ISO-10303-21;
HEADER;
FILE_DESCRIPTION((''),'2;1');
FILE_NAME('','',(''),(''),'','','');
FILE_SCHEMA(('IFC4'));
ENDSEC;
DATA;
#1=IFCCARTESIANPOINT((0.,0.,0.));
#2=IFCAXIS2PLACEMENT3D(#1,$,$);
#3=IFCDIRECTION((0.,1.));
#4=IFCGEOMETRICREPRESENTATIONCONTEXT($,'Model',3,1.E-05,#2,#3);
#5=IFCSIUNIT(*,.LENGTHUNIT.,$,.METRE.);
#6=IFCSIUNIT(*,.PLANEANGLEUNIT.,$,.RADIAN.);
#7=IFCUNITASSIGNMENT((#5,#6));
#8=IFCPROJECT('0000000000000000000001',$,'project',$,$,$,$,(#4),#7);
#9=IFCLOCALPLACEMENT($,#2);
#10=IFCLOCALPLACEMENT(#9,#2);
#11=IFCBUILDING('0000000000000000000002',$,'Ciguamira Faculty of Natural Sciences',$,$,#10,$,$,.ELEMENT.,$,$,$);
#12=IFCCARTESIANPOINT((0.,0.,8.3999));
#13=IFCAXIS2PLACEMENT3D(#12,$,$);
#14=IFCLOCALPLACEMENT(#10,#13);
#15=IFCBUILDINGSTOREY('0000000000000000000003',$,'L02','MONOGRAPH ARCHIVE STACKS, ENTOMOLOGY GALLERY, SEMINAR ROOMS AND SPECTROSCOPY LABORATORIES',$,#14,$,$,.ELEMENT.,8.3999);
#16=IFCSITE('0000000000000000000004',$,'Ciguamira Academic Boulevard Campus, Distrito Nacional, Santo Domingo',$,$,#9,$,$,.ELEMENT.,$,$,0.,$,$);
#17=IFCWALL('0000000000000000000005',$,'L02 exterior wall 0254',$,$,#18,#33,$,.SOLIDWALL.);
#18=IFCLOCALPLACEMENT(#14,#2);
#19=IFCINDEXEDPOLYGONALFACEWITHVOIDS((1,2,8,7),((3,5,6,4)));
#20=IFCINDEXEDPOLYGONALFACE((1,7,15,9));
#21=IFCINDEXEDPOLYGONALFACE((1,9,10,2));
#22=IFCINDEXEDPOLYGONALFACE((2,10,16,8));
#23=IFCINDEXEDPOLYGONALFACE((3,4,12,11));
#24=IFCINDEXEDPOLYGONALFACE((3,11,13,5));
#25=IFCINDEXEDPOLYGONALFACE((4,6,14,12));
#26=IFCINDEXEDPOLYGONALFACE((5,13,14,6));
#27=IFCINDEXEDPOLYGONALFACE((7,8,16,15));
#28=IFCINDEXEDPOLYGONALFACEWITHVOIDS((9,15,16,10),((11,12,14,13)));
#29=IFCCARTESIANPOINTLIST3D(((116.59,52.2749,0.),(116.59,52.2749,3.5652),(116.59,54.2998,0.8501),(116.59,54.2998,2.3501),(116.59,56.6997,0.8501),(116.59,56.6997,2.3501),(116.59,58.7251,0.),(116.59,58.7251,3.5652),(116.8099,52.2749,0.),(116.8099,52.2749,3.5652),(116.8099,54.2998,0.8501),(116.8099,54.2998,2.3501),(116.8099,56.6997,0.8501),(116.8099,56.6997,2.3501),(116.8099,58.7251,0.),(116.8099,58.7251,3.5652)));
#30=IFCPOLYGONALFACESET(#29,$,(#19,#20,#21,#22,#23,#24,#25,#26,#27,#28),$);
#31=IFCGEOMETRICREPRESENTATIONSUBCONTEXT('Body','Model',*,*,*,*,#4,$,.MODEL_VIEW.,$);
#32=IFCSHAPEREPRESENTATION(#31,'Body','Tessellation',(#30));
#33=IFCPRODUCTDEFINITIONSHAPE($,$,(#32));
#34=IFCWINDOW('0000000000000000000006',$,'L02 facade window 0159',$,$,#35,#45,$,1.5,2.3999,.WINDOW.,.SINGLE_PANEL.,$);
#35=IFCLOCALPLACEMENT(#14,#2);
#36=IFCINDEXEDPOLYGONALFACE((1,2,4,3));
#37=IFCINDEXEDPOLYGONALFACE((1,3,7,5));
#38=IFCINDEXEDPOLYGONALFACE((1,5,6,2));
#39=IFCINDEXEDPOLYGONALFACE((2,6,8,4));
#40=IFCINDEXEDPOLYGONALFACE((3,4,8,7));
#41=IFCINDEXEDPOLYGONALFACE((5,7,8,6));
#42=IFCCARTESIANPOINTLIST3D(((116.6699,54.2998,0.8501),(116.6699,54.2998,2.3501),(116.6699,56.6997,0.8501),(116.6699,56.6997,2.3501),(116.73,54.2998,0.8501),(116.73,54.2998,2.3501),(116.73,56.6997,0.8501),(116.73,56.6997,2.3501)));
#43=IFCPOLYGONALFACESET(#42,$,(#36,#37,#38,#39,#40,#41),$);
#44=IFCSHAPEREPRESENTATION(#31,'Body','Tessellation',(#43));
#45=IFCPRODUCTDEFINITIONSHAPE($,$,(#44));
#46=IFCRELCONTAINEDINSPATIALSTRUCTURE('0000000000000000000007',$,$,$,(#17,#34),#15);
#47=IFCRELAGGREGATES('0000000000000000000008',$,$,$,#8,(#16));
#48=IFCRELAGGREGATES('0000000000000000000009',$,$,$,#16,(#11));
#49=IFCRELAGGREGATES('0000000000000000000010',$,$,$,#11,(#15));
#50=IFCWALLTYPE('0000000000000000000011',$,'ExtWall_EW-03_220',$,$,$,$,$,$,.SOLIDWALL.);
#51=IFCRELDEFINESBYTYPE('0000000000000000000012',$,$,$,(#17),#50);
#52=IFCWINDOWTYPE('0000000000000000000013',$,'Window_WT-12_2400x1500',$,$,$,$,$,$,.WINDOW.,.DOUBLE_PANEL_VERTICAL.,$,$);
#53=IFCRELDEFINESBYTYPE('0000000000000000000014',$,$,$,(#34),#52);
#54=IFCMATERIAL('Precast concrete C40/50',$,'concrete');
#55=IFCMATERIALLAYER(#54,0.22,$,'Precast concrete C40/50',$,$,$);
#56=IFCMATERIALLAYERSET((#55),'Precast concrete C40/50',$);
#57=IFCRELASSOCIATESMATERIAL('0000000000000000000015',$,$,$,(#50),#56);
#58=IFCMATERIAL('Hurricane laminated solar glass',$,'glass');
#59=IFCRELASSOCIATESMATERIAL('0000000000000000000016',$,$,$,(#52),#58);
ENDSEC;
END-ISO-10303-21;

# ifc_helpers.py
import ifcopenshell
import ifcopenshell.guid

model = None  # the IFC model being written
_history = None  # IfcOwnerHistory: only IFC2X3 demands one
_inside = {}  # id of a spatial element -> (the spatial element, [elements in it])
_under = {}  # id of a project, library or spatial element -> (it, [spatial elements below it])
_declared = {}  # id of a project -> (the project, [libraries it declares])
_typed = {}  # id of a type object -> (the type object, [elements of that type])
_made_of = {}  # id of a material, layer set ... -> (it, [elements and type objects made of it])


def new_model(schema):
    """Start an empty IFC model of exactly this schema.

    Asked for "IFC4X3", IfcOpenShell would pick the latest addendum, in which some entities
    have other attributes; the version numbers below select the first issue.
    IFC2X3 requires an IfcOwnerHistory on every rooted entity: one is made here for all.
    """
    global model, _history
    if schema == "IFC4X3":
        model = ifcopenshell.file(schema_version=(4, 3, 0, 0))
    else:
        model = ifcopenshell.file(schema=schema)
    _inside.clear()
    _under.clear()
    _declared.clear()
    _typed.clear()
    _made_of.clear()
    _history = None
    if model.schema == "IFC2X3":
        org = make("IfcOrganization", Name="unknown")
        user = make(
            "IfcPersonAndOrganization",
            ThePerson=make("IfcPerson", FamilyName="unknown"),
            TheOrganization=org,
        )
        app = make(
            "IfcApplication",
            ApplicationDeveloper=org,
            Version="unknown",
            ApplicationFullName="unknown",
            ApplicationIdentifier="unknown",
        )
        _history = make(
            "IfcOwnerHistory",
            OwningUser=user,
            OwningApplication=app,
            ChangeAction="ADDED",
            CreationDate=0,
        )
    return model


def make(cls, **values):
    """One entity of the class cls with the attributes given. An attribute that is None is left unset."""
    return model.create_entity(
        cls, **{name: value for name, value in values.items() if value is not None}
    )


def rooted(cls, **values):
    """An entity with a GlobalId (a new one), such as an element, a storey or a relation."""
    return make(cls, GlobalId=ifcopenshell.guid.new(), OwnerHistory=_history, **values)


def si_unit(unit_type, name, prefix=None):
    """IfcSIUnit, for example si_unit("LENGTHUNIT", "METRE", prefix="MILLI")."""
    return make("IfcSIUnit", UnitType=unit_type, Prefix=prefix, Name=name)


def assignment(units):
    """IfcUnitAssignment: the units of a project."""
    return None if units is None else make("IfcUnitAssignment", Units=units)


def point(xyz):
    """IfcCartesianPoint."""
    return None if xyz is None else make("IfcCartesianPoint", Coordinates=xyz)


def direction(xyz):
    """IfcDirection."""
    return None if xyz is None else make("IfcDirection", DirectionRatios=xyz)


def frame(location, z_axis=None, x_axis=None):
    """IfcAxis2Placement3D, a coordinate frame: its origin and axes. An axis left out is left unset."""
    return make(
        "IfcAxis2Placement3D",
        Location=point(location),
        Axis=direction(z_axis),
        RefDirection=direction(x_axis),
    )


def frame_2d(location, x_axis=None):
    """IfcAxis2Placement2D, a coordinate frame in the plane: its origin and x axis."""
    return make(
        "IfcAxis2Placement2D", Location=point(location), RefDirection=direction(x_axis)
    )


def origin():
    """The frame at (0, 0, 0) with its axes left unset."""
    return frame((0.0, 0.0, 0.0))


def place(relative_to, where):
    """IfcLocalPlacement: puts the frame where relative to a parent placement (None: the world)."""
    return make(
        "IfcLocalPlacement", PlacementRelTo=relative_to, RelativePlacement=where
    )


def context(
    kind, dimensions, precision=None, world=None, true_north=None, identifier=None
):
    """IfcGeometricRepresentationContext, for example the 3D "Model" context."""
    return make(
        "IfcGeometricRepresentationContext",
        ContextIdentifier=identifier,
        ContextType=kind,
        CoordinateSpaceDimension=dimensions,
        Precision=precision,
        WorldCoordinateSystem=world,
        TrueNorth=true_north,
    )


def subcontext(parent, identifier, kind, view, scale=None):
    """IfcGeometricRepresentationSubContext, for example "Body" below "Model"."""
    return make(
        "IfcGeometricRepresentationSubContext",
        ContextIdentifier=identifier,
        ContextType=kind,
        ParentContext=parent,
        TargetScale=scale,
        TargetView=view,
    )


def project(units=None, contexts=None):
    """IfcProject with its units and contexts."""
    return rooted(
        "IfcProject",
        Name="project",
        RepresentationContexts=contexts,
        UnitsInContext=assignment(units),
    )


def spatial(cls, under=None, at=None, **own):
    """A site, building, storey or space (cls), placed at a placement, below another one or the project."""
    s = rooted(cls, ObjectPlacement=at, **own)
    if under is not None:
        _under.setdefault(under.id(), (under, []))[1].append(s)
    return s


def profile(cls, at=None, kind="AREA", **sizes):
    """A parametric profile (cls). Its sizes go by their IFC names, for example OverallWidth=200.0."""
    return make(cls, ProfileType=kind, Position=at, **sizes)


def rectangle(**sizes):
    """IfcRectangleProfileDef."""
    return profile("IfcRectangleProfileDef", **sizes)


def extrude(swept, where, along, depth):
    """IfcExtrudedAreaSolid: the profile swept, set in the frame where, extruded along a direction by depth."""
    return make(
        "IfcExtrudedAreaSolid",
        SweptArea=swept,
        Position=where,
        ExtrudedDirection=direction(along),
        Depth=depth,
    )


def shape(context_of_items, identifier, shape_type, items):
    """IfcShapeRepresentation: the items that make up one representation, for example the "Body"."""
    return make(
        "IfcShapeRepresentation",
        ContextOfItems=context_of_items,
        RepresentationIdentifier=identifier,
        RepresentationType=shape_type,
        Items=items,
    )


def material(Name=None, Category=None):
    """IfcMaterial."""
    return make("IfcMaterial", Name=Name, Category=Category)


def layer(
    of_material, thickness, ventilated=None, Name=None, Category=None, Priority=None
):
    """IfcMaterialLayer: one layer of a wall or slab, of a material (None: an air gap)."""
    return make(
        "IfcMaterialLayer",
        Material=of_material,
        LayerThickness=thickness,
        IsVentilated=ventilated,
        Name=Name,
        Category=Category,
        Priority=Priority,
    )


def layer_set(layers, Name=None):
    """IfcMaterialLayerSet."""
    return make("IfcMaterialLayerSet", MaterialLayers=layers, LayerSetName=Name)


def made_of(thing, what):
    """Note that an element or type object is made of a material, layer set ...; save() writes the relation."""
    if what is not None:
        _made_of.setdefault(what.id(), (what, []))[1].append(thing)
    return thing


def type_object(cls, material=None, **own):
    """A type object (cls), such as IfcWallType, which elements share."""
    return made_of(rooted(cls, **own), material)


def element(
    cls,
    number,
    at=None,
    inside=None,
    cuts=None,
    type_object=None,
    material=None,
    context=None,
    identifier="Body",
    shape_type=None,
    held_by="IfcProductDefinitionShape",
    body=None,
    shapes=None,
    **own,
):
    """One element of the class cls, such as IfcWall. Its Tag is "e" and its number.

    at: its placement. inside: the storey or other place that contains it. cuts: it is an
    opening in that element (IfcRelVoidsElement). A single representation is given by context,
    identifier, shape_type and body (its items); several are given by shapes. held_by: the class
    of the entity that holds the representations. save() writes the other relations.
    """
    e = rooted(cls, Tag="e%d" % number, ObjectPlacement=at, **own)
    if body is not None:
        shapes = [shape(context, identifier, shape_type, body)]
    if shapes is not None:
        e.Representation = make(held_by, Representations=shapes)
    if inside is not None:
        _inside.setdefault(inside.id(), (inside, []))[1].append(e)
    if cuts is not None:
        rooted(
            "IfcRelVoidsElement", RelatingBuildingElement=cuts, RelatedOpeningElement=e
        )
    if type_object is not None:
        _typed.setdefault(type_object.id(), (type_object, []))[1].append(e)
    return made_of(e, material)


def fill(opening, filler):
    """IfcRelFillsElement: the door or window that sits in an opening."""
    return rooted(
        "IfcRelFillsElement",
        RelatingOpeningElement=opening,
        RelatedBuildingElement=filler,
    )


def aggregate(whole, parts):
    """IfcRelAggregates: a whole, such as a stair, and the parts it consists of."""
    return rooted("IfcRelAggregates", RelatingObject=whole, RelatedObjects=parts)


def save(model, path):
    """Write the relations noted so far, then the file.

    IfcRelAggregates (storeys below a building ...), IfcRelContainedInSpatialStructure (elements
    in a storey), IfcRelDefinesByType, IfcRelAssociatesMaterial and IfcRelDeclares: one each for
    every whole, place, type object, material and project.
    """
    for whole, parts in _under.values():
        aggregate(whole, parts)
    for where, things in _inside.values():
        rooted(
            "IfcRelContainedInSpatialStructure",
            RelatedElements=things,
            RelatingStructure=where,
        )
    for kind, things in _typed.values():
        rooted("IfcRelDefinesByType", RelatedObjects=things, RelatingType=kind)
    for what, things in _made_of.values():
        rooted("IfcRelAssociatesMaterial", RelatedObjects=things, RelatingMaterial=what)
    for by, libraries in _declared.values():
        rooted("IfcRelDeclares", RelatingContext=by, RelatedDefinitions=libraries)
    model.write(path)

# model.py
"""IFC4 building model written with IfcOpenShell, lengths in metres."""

from ifc_helpers import new_model, si_unit, direction, frame, frame_2d, origin, place, context, subcontext, project, spatial, rectangle, extrude, material, layer, layer_set, type_object, element, fill, save


model = new_model("IFC4")

# Units and contexts
model_context = context("Model", 3, precision=1e-05, world=origin(), true_north=direction((0.0, 1.0)))
body_context = subcontext(model_context, "Body", "Model", "MODEL_VIEW")
ifc_project = project(units=[si_unit("LENGTHUNIT", "METRE"), si_unit("PLANEANGLEUNIT", "RADIAN")], contexts=[model_context])

# Site, building, storey
site_placement = place(None, origin())
site = spatial("IfcSite", under=ifc_project, at=site_placement, Name="Ciguamira Academic Boulevard Campus, Distrito Nacional, Santo Domingo", CompositionType="ELEMENT", RefElevation=0.0)
building_placement = place(site_placement, origin())
building = spatial("IfcBuilding", under=site, at=building_placement, Name="Ciguamira Faculty of Natural Sciences", CompositionType="ELEMENT")
storey_placement = place(building_placement, frame((0.0, 0.0, 8.3999)))
storey = spatial("IfcBuildingStorey", under=building, at=storey_placement, Name="L02", Description="MONOGRAPH ARCHIVE STACKS, ENTOMOLOGY GALLERY, SEMINAR ROOMS AND SPECTROSCOPY LABORATORIES", CompositionType="ELEMENT", Elevation=8.3999)

# Shared definitions
ifc_material_1 = material(Name="Precast concrete C40/50", Category="concrete")

# Wall, opening, window
ifc_layer_1 = layer(ifc_material_1, 0.22, Name="Precast concrete C40/50")
ifc_layer_set_1 = layer_set([ifc_layer_1], Name="Precast concrete C40/50")
wall_type = type_object("IfcWallType", Name="ExtWall_EW-03_220", PredefinedType="SOLIDWALL", material=ifc_layer_set_1)
ifc_material_2 = material(Name="Hurricane laminated solar glass", Category="glass")
wall_1_placement = place(storey_placement, frame((116.7, 52.2749, 0.0), z_axis=(0.0, 0.0, 1.0), x_axis=(0.0, 1.0, 0.0)))
wall_1 = element("IfcWall", 1, at=wall_1_placement, inside=storey, type_object=wall_type, Name="L02 exterior wall 0254", PredefinedType="SOLIDWALL", context=body_context, shape_type="SweptSolid", body=[
    extrude(rectangle(XDim=6.4502, YDim=0.22, at=frame_2d((3.2251, 0.0))), origin(), (0.0, 0.0, 1.0), 3.5652),
])
opening_1_placement = place(wall_1_placement, frame((2.0249, 0.0, 0.8501)))
opening_1 = element("IfcOpeningElement", 2, at=opening_1_placement, cuts=wall_1, PredefinedType="OPENING", context=body_context, shape_type="SweptSolid", body=[
    extrude(rectangle(XDim=2.3999, YDim=1.5, at=frame_2d((1.2, 0.75))), frame((0.0, 0.1199, 0.0), z_axis=(0.0, -1.0, 0.0), x_axis=(1.0, 0.0, 0.0)), (0.0, 0.0, 1.0), 0.24),
])
window_type_1 = type_object("IfcWindowType", Name="Window_WT-12_2400x1500", PartitioningType="DOUBLE_PANEL_VERTICAL", PredefinedType="WINDOW", material=ifc_material_2)
window_1_placement = place(opening_1_placement, origin())
window_1 = element("IfcWindow", 3, at=window_1_placement, inside=storey, type_object=window_type_1, Name="L02 facade window 0159", OverallHeight=1.5, OverallWidth=2.3999, PartitioningType="SINGLE_PANEL", PredefinedType="WINDOW", context=body_context, shape_type="SweptSolid", body=[
    extrude(rectangle(XDim=2.3999, YDim=1.5, at=frame_2d((1.2, 0.75))), frame((0.0, 0.03, 0.0), z_axis=(0.0, -1.0, 0.0), x_axis=(1.0, 0.0, 0.0)), (0.0, 0.0, 1.0), 0.0601),
])
fill(opening_1, window_1)

save(model, "model.ifc")
